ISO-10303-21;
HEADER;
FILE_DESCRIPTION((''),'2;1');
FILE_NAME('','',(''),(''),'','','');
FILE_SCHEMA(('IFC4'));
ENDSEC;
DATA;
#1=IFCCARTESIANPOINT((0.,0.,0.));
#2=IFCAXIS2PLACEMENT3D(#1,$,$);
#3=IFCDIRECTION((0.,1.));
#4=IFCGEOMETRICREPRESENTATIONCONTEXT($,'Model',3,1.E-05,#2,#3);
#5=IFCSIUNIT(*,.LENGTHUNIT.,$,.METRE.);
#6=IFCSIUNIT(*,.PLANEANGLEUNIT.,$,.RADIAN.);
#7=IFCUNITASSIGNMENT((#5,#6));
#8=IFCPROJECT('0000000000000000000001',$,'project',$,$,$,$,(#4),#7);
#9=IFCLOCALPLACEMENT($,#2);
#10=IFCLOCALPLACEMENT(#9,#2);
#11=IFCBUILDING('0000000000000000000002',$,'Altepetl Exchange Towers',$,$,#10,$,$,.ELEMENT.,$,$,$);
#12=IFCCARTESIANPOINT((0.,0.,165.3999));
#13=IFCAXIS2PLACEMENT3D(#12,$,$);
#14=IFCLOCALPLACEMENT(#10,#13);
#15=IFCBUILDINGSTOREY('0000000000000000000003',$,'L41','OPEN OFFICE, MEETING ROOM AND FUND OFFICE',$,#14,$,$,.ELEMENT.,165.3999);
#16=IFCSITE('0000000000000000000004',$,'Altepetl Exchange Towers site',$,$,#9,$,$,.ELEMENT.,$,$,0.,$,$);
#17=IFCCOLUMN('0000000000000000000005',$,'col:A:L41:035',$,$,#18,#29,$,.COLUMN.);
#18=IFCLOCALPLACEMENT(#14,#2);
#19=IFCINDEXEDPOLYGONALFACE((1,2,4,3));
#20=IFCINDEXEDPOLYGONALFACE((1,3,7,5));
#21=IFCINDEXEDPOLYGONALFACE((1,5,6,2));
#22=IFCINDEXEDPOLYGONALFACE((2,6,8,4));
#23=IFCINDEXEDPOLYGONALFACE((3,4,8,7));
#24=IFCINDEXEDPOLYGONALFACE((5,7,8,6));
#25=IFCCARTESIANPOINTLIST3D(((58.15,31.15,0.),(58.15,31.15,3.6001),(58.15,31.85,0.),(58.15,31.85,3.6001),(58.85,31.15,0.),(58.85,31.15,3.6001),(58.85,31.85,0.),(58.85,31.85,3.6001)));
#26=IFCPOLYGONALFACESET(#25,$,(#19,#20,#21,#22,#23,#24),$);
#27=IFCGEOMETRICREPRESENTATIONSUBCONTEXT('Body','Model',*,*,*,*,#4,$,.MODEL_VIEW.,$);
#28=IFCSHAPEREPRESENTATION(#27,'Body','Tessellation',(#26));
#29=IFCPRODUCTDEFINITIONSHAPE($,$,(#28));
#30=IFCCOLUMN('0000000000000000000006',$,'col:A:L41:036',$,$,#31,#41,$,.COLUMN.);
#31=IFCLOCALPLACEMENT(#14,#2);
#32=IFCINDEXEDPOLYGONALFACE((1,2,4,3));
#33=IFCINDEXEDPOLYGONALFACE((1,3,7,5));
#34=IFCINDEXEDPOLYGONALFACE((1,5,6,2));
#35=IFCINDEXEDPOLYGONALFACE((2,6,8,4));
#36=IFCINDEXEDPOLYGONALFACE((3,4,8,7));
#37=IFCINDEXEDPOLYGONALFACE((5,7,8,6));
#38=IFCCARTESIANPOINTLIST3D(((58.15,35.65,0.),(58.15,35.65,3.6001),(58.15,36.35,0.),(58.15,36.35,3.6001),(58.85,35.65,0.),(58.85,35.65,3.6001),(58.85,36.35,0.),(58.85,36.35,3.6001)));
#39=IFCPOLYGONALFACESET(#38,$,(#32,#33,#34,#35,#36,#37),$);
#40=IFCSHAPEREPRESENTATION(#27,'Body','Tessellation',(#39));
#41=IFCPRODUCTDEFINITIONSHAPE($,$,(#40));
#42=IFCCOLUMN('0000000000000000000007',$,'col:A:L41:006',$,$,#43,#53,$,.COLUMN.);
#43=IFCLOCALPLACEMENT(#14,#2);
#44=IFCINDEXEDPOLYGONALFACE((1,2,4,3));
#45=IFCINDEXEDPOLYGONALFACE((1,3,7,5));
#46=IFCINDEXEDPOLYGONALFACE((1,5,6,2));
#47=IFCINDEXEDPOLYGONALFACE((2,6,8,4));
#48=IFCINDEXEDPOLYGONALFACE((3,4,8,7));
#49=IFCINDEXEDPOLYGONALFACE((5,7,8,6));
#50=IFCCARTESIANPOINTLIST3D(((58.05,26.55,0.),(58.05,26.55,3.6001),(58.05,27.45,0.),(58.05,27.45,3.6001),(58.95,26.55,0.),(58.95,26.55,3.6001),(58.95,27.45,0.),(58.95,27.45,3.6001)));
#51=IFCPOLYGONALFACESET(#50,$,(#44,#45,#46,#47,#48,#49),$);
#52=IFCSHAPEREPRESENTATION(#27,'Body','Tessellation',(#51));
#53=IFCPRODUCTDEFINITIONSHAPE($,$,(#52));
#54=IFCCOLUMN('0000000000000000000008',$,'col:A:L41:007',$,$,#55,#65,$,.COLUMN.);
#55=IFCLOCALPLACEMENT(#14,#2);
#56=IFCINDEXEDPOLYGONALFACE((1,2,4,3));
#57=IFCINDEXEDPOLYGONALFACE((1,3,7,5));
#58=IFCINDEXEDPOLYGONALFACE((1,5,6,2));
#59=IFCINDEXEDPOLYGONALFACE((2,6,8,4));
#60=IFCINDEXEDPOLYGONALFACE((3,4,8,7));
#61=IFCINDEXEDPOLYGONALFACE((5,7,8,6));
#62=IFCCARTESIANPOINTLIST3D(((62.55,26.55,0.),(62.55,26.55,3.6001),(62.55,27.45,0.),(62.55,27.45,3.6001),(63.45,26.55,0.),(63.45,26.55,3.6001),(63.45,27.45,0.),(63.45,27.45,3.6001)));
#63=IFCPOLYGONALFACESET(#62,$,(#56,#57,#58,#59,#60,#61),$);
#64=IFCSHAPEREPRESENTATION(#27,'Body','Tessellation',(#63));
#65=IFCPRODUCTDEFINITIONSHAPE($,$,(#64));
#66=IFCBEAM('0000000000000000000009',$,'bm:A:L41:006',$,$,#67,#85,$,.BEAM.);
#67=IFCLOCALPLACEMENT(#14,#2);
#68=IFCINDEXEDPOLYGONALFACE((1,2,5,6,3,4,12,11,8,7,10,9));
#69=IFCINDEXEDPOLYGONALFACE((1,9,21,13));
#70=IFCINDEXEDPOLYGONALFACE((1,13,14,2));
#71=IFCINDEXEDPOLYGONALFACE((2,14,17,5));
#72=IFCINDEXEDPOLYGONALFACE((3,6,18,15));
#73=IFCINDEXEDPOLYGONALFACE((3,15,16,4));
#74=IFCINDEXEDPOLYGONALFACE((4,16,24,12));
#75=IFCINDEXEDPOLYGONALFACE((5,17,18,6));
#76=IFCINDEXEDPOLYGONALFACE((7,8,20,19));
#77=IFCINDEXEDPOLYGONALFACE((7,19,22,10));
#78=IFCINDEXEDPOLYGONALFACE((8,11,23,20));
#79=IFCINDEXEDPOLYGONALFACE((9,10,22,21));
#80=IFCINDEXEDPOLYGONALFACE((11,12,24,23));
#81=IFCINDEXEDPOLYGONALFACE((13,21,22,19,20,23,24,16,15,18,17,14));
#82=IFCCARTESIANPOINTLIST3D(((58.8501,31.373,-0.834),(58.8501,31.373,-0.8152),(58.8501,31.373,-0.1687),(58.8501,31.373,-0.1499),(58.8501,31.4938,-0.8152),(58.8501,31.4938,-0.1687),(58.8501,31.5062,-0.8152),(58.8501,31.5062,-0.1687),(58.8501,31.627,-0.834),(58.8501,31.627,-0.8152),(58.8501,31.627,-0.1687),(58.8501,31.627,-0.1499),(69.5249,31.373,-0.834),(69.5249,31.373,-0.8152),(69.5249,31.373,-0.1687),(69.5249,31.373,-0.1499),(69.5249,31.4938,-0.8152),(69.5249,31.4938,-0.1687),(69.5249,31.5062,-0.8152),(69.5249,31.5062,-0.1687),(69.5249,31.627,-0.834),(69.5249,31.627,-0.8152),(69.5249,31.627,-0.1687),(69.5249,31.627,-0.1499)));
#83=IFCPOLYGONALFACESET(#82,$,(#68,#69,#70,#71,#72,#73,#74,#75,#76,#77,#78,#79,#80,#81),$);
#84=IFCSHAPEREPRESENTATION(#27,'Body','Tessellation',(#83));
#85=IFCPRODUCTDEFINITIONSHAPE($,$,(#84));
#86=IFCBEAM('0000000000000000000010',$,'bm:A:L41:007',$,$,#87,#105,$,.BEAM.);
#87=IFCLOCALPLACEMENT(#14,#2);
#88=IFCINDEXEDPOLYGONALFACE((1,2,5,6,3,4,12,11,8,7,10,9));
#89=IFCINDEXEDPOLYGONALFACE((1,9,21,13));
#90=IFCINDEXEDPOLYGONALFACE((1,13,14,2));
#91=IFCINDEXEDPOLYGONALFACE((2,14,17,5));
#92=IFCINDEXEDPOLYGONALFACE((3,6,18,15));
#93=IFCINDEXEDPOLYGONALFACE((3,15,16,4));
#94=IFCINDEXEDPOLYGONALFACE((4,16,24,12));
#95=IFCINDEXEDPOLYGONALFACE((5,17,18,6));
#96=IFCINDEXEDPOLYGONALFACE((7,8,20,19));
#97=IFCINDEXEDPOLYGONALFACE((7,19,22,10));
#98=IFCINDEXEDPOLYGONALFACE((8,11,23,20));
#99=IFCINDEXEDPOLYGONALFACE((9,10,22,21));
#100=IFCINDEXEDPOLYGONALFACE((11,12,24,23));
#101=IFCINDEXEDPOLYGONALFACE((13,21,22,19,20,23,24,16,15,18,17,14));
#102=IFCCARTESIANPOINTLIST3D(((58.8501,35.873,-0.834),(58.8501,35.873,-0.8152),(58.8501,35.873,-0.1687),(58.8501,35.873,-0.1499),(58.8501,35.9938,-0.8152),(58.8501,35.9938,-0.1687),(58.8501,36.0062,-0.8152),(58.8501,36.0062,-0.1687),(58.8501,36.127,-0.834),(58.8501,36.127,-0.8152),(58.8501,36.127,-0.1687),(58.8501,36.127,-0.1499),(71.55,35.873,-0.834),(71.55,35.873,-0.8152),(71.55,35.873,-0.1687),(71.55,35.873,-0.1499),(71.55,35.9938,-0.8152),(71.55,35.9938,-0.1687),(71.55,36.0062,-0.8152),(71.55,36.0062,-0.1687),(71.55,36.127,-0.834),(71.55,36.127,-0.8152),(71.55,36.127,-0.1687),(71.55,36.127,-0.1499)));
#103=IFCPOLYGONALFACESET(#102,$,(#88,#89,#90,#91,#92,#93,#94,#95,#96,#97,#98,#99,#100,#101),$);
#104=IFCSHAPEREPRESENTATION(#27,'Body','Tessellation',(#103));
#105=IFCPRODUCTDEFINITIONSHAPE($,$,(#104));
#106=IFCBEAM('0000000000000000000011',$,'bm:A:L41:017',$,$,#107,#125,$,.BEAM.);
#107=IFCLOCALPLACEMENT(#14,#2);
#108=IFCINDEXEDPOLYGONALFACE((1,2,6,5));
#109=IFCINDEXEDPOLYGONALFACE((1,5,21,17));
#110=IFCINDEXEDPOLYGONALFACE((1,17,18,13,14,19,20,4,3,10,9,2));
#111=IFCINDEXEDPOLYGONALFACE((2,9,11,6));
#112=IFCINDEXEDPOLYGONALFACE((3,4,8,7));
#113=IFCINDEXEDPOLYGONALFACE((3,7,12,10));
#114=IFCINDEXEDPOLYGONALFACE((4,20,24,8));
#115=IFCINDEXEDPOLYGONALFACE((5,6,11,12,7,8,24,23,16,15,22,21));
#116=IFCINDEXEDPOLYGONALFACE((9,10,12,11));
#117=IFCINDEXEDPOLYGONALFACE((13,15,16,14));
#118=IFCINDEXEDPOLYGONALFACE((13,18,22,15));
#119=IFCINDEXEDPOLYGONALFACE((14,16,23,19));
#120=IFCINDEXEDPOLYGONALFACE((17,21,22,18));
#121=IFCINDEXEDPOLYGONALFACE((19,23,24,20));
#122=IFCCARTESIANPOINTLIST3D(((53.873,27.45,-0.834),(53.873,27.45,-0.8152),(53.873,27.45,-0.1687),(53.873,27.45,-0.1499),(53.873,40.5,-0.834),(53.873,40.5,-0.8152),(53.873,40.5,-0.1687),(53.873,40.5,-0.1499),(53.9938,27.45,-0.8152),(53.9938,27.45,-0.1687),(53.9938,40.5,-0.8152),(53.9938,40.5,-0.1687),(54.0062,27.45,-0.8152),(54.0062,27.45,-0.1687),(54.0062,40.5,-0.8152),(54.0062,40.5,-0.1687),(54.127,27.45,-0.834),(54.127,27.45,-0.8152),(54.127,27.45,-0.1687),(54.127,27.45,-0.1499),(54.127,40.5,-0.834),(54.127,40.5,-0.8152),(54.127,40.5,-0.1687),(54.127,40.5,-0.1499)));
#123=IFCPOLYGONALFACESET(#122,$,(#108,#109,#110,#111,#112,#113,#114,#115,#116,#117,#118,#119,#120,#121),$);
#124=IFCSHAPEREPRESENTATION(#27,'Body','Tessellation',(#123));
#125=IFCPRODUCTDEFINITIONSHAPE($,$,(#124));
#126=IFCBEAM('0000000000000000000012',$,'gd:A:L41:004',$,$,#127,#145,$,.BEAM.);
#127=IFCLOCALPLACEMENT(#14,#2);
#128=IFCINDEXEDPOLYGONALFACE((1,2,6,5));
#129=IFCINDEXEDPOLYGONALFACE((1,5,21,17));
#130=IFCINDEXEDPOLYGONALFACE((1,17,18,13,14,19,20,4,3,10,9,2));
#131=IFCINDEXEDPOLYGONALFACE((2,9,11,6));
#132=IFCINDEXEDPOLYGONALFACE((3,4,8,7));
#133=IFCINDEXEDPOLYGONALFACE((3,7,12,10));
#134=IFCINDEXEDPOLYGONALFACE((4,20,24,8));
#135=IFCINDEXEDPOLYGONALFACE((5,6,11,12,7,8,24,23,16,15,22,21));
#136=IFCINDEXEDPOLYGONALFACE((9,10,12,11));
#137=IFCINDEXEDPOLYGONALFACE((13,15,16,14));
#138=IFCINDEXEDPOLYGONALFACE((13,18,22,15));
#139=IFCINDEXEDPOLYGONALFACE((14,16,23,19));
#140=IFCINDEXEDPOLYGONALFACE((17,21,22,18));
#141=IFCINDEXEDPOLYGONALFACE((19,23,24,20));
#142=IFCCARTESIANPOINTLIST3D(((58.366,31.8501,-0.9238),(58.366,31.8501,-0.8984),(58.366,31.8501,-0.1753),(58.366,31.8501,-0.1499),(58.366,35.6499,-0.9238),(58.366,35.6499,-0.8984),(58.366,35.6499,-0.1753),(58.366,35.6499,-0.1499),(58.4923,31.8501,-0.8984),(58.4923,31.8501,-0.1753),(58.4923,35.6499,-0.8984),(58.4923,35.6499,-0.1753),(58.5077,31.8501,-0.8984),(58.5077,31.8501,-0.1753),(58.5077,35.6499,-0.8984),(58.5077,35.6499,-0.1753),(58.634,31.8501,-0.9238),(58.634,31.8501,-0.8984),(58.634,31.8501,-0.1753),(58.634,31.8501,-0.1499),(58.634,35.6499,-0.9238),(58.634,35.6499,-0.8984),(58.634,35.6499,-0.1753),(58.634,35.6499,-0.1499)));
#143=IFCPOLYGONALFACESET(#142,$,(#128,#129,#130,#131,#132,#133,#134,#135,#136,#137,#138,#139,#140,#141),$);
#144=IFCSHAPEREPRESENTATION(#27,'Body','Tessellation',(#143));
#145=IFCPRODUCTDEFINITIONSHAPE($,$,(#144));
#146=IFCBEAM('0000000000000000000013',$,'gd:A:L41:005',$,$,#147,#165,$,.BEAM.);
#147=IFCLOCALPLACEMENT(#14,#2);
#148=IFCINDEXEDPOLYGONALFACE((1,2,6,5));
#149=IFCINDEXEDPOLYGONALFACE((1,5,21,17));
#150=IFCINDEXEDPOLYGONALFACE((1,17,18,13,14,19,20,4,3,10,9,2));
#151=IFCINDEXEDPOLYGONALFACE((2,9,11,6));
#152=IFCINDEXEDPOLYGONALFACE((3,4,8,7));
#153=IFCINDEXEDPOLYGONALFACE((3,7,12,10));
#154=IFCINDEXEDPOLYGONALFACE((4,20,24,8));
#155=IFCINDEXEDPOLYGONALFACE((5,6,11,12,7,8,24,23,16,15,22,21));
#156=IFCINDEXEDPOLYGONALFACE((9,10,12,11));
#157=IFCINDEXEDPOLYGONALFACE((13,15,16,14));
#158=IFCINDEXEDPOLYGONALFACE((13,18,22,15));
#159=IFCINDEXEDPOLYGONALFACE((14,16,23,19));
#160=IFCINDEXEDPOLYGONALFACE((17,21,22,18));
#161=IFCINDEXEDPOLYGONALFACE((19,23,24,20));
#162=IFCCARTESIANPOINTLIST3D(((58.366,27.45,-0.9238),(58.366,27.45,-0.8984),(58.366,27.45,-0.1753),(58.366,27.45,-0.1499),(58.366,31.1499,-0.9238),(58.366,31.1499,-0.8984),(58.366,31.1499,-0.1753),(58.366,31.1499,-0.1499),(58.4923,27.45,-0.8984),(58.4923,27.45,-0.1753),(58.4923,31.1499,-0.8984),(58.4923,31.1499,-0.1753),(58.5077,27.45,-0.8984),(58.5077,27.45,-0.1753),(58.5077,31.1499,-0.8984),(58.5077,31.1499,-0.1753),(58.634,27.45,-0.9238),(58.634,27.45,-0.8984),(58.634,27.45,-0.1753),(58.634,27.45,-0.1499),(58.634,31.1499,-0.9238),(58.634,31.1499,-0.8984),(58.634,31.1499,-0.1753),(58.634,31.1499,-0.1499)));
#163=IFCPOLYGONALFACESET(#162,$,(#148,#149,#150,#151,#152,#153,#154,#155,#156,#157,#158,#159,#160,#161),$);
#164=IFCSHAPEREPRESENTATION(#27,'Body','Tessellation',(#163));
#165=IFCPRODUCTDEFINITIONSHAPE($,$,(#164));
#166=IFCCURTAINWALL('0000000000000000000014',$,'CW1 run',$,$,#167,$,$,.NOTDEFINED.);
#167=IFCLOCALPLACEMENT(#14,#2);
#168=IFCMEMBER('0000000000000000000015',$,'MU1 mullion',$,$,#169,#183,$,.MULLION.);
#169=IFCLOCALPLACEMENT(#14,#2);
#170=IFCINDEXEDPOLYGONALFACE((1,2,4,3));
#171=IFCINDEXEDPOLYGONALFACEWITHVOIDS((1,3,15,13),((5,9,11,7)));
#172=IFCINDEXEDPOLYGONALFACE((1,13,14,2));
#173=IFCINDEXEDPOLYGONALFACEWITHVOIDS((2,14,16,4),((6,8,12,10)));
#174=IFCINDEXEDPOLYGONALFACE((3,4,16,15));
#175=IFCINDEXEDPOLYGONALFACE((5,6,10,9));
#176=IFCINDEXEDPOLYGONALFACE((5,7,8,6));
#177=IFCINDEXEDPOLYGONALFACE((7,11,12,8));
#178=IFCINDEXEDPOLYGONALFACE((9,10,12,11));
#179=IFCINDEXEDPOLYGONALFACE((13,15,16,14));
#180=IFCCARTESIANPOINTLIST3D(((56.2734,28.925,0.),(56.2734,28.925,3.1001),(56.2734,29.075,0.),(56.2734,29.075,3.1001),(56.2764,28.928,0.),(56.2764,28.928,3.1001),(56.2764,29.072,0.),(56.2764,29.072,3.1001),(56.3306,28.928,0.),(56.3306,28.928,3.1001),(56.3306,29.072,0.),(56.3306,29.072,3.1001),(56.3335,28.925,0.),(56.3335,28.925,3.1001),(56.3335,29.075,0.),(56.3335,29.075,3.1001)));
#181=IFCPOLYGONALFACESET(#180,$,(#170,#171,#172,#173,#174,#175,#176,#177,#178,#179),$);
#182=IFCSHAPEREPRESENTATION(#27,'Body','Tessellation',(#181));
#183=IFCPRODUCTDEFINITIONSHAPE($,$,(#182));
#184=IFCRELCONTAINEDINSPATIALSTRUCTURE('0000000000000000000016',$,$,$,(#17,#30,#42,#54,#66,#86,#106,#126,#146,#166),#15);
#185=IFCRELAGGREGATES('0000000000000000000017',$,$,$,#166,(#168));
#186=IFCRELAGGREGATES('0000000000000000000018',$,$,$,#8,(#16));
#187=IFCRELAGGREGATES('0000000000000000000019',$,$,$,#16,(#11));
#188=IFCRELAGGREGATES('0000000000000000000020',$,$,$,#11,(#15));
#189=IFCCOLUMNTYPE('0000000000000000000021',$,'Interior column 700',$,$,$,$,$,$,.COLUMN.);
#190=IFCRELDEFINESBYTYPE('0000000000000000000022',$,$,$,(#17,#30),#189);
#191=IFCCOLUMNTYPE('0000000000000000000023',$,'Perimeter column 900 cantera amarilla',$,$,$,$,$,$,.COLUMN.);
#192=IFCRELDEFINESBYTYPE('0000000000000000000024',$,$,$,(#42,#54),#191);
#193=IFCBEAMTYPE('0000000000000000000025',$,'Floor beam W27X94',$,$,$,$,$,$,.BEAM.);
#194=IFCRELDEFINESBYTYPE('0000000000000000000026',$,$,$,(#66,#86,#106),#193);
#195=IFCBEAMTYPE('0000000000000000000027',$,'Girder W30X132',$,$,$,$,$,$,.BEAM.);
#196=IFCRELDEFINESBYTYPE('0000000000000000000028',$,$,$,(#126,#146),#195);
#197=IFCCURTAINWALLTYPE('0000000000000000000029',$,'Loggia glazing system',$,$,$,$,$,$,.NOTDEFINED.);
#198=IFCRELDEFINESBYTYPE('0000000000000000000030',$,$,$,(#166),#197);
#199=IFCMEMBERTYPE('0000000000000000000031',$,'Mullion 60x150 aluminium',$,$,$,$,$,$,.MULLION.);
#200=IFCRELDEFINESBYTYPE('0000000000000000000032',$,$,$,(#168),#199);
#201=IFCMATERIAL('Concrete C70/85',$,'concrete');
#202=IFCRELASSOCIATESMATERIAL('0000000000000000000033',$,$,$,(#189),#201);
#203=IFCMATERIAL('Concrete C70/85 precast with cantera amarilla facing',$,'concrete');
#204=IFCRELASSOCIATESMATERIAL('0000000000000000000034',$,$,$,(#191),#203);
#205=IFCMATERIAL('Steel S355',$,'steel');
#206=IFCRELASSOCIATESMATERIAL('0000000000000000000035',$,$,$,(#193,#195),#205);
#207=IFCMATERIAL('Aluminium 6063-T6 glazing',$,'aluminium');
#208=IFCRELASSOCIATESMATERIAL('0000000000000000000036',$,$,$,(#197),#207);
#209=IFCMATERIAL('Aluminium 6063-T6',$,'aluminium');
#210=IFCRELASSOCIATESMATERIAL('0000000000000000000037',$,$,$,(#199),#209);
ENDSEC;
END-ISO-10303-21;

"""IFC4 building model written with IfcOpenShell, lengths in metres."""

from ifc_helpers import new_model, si_unit, direction, frame, origin, origin_2d, place, context, subcontext, project, spatial, rectangle, hollow_rectangle, i_section, extrude, material, material_profile, profile_set, type_object, element, aggregate, save


model = new_model("IFC4")

# Units and contexts
model_context = context("Model", 3, precision=1e-05, world=origin(), true_north=direction((0.0, 1.0)))
body_context = subcontext(model_context, "Body", "Model", "MODEL_VIEW")
ifc_project = project(units=[si_unit("LENGTHUNIT", "METRE"), si_unit("PLANEANGLEUNIT", "RADIAN")], contexts=[model_context])

# Site, building, storey
site_placement = place(None, origin())
site = spatial("IfcSite", under=ifc_project, at=site_placement, Name="Altepetl Exchange Towers site", CompositionType="ELEMENT", RefElevation=0.0)
building_placement = place(site_placement, origin())
building = spatial("IfcBuilding", under=site, at=building_placement, Name="Altepetl Exchange Towers", CompositionType="ELEMENT")
storey_placement = place(building_placement, frame((0.0, 0.0, 165.3999)))
storey = spatial("IfcBuildingStorey", under=building, at=storey_placement, Name="L41", Description="OPEN OFFICE, MEETING ROOM AND FUND OFFICE", CompositionType="ELEMENT", Elevation=165.3999)

# Columns
ifc_material_1 = material(Name="Concrete C70/85", Category="concrete")
ifc_material_profile_1 = material_profile(ifc_material_1, rectangle(XDim=0.7, YDim=0.7, at=origin_2d()), Name="700 x 700")
ifc_profile_set_1 = profile_set([ifc_material_profile_1], Name="Concrete C70/85")
column_type_1 = type_object("IfcColumnType", Name="Interior column 700", PredefinedType="COLUMN", material=ifc_profile_set_1)
for number, where, name in (
    (1, (58.5, 31.5, 0.0), "col:A:L41:035"),
    (2, (58.5, 36.0, 0.0), "col:A:L41:036"),
):
    element("IfcColumn", number, at=place(storey_placement, frame(where)), inside=storey, type_object=column_type_1, Name=name, PredefinedType="COLUMN", context=body_context, shape_type="SweptSolid", body=[
        extrude(rectangle(XDim=0.7, YDim=0.7, at=origin_2d()), origin(), (0.0, 0.0, 1.0), 3.6001),
    ])
ifc_material_2 = material(Name="Concrete C70/85 precast with cantera amarilla facing", Category="concrete")
ifc_material_profile_2 = material_profile(ifc_material_2, rectangle(XDim=0.8999, YDim=0.8999, at=origin_2d()), Name="900 x 900")
ifc_profile_set_2 = profile_set([ifc_material_profile_2], Name="Concrete C70/85 precast with cantera amarilla facing")
column_type_2 = type_object("IfcColumnType", Name="Perimeter column 900 cantera amarilla", PredefinedType="COLUMN", material=ifc_profile_set_2)
for number, where, name in (
    (3, (58.5, 27.0, 0.0), "col:A:L41:006"),
    (4, (63.0, 27.0, 0.0), "col:A:L41:007"),
):
    element("IfcColumn", number, at=place(storey_placement, frame(where)), inside=storey, type_object=column_type_2, Name=name, PredefinedType="COLUMN", context=body_context, shape_type="SweptSolid", body=[
        extrude(rectangle(XDim=0.8999, YDim=0.8999, at=origin_2d()), origin(), (0.0, 0.0, 1.0), 3.6001),
    ])

# Beams
ifc_material_3 = material(Name="Steel S355", Category="steel")
ifc_material_profile_3 = material_profile(ifc_material_3, i_section(OverallWidth=0.2539, OverallDepth=0.6841, WebThickness=0.0125, FlangeThickness=0.0188, at=origin_2d()), Name="W27X94")
ifc_profile_set_3 = profile_set([ifc_material_profile_3], Name="Steel S355")
beam_type_1 = type_object("IfcBeamType", Name="Floor beam W27X94", PredefinedType="BEAM", material=ifc_profile_set_3)
beam_1_placement = place(storey_placement, frame((58.8501, 31.5, -0.4919), z_axis=(1.0, 0.0, 0.0), x_axis=(0.0, 1.0, 0.0)))
element("IfcBeam", 5, at=beam_1_placement, inside=storey, type_object=beam_type_1, Name="bm:A:L41:006", PredefinedType="BEAM", context=body_context, shape_type="SweptSolid", body=[
    extrude(i_section(OverallWidth=0.2539, OverallDepth=0.6841, WebThickness=0.0125, FlangeThickness=0.0188, at=origin_2d()), origin(), (0.0, 0.0, 1.0), 10.6748),
])
beam_2_placement = place(storey_placement, frame((58.8501, 36.0, -0.4919), z_axis=(1.0, 0.0, 0.0), x_axis=(0.0, 1.0, 0.0)))
element("IfcBeam", 6, at=beam_2_placement, inside=storey, type_object=beam_type_1, Name="bm:A:L41:007", PredefinedType="BEAM", context=body_context, shape_type="SweptSolid", body=[
    extrude(i_section(OverallWidth=0.2539, OverallDepth=0.6841, WebThickness=0.0125, FlangeThickness=0.0188, at=origin_2d()), origin(), (0.0, 0.0, 1.0), 12.7),
])
beam_3_placement = place(storey_placement, frame((54.0, 27.45, -0.4919), z_axis=(0.0, 1.0, 0.0), x_axis=(-1.0, 0.0, 0.0)))
element("IfcBeam", 7, at=beam_3_placement, inside=storey, type_object=beam_type_1, Name="bm:A:L41:017", PredefinedType="BEAM", context=body_context, shape_type="SweptSolid", body=[
    extrude(i_section(OverallWidth=0.2539, OverallDepth=0.6841, WebThickness=0.0125, FlangeThickness=0.0188, at=origin_2d()), origin(), (0.0, 0.0, 1.0), 13.05),
])
ifc_material_profile_4 = material_profile(ifc_material_3, i_section(OverallWidth=0.2681, OverallDepth=0.7739, WebThickness=0.0154, FlangeThickness=0.0254, at=origin_2d()), Name="W30X132")
ifc_profile_set_4 = profile_set([ifc_material_profile_4], Name="Steel S355")
beam_type_2 = type_object("IfcBeamType", Name="Girder W30X132", PredefinedType="BEAM", material=ifc_profile_set_4)
beam_4_placement = place(storey_placement, frame((58.5, 35.6499, -0.5369), z_axis=(0.0, -1.0, 0.0), x_axis=(1.0, 0.0, 0.0)))
element("IfcBeam", 8, at=beam_4_placement, inside=storey, type_object=beam_type_2, Name="gd:A:L41:004", PredefinedType="BEAM", context=body_context, shape_type="SweptSolid", body=[
    extrude(i_section(OverallWidth=0.2681, OverallDepth=0.7739, WebThickness=0.0154, FlangeThickness=0.0254, at=origin_2d()), origin(), (0.0, 0.0, 1.0), 3.7998),
])
beam_5_placement = place(storey_placement, frame((58.5, 31.1499, -0.5369), z_axis=(0.0, -1.0, 0.0), x_axis=(1.0, 0.0, 0.0)))
element("IfcBeam", 9, at=beam_5_placement, inside=storey, type_object=beam_type_2, Name="gd:A:L41:005", PredefinedType="BEAM", context=body_context, shape_type="SweptSolid", body=[
    extrude(i_section(OverallWidth=0.2681, OverallDepth=0.7739, WebThickness=0.0154, FlangeThickness=0.0254, at=origin_2d()), origin(), (0.0, 0.0, 1.0), 3.7),
])

# Curtain wall, member
ifc_material_4 = material(Name="Aluminium 6063-T6 glazing", Category="aluminium")
curtain_wall_type = type_object("IfcCurtainWallType", Name="Loggia glazing system", PredefinedType="NOTDEFINED", material=ifc_material_4)
curtain_wall_1_placement = place(storey_placement, origin())
curtain_wall_1 = element("IfcCurtainWall", 10, at=curtain_wall_1_placement, inside=storey, type_object=curtain_wall_type, Name="CW1 run", PredefinedType="NOTDEFINED")
ifc_material_5 = material(Name="Aluminium 6063-T6", Category="aluminium")
ifc_material_profile_5 = material_profile(ifc_material_5, hollow_rectangle(XDim=0.0601, YDim=0.1499, WallThickness=0.0029, at=origin_2d()), Name="Mullion 60x150 aluminium")
ifc_profile_set_5 = profile_set([ifc_material_profile_5], Name="Aluminium 6063-T6")
member_type = type_object("IfcMemberType", Name="Mullion 60x150 aluminium", PredefinedType="MULLION", material=ifc_profile_set_5)
member_1_placement = place(storey_placement, frame((56.3035, 29.0, 0.0)))
member_1 = element("IfcMember", 11, at=member_1_placement, type_object=member_type, Name="MU1 mullion", PredefinedType="MULLION", context=body_context, shape_type="SweptSolid", body=[
    extrude(hollow_rectangle(XDim=0.0601, YDim=0.1499, WallThickness=0.0029, at=origin_2d()), origin(), (0.0, 0.0, 1.0), 3.1001),
])

aggregate(curtain_wall_1, [member_1])

save(model, "model.ifc")
